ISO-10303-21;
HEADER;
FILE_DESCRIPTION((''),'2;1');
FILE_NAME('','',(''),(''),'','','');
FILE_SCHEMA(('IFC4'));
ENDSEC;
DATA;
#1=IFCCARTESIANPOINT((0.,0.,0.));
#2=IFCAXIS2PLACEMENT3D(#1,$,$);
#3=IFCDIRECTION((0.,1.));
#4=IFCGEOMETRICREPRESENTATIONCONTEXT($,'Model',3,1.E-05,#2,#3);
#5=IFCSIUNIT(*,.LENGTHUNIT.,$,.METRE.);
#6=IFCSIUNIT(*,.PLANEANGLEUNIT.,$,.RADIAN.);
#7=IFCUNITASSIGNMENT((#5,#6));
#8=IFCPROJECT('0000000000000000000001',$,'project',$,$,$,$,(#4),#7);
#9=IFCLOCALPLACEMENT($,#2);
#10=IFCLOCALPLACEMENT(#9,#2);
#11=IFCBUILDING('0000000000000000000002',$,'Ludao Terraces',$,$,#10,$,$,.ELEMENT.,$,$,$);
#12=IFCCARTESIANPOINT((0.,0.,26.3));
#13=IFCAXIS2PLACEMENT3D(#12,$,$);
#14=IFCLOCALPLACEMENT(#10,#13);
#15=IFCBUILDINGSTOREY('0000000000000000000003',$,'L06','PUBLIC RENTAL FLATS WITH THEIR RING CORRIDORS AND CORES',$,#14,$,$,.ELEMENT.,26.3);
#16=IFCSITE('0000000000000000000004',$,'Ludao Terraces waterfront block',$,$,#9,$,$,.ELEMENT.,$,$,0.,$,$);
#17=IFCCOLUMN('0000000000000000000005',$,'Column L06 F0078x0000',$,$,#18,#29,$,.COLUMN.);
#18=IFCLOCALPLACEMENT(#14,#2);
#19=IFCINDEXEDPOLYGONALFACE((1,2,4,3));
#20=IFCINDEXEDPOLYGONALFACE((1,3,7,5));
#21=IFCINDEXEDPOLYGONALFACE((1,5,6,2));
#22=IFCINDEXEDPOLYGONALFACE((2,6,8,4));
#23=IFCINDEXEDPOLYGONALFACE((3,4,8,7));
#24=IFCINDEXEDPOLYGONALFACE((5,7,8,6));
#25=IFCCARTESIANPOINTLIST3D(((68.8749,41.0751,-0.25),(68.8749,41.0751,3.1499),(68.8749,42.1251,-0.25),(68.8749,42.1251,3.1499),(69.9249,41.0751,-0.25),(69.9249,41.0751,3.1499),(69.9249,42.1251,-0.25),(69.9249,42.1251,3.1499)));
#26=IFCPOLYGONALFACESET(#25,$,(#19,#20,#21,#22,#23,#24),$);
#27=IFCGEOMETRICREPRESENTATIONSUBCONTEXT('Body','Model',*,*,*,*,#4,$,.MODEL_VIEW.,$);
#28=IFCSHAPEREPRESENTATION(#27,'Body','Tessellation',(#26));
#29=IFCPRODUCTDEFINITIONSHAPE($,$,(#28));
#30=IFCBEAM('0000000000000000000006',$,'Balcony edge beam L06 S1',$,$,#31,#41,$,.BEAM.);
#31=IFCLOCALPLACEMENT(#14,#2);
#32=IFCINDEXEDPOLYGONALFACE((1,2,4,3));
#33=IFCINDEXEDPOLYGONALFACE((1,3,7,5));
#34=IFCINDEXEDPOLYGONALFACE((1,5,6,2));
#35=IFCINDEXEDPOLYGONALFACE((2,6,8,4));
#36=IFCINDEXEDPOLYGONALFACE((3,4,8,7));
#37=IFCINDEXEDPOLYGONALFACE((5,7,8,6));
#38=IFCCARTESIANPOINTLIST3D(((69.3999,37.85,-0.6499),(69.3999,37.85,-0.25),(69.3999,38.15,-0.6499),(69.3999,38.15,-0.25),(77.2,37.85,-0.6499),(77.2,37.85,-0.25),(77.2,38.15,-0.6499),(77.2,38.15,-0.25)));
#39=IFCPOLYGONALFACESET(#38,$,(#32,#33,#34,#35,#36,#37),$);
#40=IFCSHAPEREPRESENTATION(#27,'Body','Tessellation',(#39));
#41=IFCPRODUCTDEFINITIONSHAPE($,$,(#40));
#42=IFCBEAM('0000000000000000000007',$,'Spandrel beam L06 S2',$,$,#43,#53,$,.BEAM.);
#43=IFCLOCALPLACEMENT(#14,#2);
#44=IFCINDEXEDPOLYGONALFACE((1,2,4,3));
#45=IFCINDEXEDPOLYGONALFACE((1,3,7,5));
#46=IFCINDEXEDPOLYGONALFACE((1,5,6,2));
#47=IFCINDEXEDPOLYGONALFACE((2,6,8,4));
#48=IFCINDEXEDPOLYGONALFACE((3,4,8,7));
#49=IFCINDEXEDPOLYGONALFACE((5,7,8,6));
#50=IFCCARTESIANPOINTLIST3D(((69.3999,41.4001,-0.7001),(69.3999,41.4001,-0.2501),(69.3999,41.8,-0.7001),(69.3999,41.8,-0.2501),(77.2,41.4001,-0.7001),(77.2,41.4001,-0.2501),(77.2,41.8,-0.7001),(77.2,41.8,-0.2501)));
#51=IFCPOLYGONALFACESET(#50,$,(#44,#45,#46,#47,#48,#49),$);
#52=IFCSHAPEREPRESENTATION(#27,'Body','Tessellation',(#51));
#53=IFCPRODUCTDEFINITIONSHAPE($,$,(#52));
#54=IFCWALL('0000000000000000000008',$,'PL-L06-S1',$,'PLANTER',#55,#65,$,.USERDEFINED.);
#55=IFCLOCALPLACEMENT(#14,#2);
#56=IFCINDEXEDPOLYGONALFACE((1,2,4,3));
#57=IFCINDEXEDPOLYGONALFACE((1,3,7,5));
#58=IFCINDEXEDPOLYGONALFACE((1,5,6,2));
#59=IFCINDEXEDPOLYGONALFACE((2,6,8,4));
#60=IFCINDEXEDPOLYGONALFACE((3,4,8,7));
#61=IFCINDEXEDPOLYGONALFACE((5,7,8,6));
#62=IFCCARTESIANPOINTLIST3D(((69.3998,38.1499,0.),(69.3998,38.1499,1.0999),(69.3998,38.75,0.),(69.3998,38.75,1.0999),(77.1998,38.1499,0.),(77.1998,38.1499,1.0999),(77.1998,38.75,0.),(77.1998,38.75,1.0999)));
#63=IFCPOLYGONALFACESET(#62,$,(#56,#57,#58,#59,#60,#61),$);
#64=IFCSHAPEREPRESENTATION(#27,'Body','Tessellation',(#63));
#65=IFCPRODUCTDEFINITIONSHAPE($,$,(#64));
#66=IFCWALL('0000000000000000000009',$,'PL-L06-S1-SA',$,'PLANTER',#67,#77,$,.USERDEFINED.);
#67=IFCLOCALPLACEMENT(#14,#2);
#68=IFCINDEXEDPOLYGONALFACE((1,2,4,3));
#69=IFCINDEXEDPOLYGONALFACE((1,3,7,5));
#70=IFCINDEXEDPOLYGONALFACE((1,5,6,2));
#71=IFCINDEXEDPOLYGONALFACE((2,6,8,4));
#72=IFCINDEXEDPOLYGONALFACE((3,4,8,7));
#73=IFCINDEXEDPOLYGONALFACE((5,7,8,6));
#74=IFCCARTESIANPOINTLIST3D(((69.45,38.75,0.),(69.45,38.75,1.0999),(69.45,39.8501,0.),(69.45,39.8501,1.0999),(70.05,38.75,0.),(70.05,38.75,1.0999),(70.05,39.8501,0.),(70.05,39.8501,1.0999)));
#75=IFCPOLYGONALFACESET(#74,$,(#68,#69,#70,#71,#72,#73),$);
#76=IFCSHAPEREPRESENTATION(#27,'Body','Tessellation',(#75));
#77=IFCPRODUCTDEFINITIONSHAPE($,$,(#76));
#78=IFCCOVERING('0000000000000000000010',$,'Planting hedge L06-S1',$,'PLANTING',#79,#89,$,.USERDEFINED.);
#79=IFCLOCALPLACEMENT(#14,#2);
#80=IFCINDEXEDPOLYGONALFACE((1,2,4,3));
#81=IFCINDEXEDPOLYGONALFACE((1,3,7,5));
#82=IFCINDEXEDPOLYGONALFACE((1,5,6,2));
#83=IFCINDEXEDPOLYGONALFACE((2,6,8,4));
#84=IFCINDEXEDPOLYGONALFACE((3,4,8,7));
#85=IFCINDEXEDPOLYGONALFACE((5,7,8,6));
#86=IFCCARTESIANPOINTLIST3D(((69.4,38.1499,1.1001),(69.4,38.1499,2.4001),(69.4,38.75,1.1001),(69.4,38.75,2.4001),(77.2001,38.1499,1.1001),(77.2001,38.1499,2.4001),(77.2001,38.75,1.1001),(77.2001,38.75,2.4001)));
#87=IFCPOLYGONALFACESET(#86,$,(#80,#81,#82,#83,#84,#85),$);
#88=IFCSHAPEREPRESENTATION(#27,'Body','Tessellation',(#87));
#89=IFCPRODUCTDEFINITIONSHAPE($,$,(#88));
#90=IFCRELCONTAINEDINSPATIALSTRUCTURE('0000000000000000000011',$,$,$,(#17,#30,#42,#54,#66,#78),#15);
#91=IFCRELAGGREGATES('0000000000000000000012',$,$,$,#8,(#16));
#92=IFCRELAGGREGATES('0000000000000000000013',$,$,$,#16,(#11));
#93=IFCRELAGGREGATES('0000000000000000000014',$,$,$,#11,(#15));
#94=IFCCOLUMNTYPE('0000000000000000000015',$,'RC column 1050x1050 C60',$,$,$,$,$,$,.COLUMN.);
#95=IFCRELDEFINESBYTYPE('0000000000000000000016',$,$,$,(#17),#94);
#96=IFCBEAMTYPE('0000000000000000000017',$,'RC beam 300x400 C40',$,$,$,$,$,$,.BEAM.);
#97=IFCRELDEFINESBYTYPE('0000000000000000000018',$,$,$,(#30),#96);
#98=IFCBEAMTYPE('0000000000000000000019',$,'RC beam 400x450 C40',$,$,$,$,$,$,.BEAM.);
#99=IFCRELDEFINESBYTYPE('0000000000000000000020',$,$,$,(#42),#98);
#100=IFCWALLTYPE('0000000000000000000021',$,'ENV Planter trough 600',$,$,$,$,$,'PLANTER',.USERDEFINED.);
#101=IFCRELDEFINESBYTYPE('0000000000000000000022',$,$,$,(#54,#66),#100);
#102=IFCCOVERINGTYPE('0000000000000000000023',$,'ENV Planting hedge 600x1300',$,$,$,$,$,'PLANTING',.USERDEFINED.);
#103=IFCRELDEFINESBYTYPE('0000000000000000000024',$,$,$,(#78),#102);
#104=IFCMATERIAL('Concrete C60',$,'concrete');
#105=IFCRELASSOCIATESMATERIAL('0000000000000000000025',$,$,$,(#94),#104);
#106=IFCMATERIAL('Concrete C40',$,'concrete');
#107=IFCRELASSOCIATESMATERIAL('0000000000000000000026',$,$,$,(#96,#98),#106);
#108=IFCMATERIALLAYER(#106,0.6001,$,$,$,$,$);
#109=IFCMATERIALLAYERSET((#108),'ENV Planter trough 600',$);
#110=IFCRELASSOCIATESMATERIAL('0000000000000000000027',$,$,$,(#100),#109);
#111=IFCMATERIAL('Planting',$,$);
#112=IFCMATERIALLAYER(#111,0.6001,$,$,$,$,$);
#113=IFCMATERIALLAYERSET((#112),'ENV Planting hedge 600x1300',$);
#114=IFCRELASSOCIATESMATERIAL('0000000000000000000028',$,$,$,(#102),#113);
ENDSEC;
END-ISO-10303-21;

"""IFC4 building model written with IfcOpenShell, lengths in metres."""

from ifc_helpers import new_model, si_unit, direction, frame, frame_2d, origin, origin_2d, place, context, subcontext, project, spatial, rectangle, extrude, material, layer, layer_set, material_profile, profile_set, type_object, element, save


model = new_model("IFC4")

# Units and contexts
model_context = context("Model", 3, precision=1e-05, world=origin(), true_north=direction((0.0, 1.0)))
body_context = subcontext(model_context, "Body", "Model", "MODEL_VIEW")
ifc_project = project(units=[si_unit("LENGTHUNIT", "METRE"), si_unit("PLANEANGLEUNIT", "RADIAN")], contexts=[model_context])

# Site, building, storey
site_placement = place(None, origin())
site = spatial("IfcSite", under=ifc_project, at=site_placement, Name="Ludao Terraces waterfront block", CompositionType="ELEMENT", RefElevation=0.0)
building_placement = place(site_placement, origin())
building = spatial("IfcBuilding", under=site, at=building_placement, Name="Ludao Terraces", CompositionType="ELEMENT")
storey_placement = place(building_placement, frame((0.0, 0.0, 26.3)))
storey = spatial("IfcBuildingStorey", under=building, at=storey_placement, Name="L06", Description="PUBLIC RENTAL FLATS WITH THEIR RING CORRIDORS AND CORES", CompositionType="ELEMENT", Elevation=26.3)

# Column
ifc_material_1 = material(Name="Concrete C60", Category="concrete")
ifc_material_profile_1 = material_profile(ifc_material_1, rectangle(XDim=1.05, YDim=1.05, at=origin_2d()), Name="1050 X 1050")
ifc_profile_set_1 = profile_set([ifc_material_profile_1], Name="Concrete C60")
column_type = type_object("IfcColumnType", Name="RC column 1050x1050 C60", PredefinedType="COLUMN", material=ifc_profile_set_1)
column_placement = place(storey_placement, frame((69.3999, 41.6001, -0.25), z_axis=(0.0, 0.0, 1.0), x_axis=(1.0, 0.0, 0.0)))
element("IfcColumn", 1, at=column_placement, inside=storey, type_object=column_type, Name="Column L06 F0078x0000", PredefinedType="COLUMN", context=body_context, shape_type="SweptSolid", body=[
    extrude(rectangle(XDim=1.05, YDim=1.05, at=origin_2d()), origin(), (0.0, 0.0, 1.0), 3.3999),
])

# Beams
ifc_material_2 = material(Name="Concrete C40", Category="concrete")
ifc_material_profile_2 = material_profile(ifc_material_2, rectangle(XDim=0.3, YDim=0.3999, at=origin_2d()), Name="300 X 400")
ifc_profile_set_2 = profile_set([ifc_material_profile_2], Name="Concrete C40")
beam_type_1 = type_object("IfcBeamType", Name="RC beam 300x400 C40", PredefinedType="BEAM", material=ifc_profile_set_2)
beam_1_placement = place(storey_placement, frame((69.3999, 38.0, -0.45), z_axis=(1.0, 0.0, 0.0), x_axis=(0.0, 1.0, 0.0)))
element("IfcBeam", 2, at=beam_1_placement, inside=storey, type_object=beam_type_1, Name="Balcony edge beam L06 S1", PredefinedType="BEAM", context=body_context, shape_type="SweptSolid", body=[
    extrude(rectangle(XDim=0.3, YDim=0.3999, at=origin_2d()), origin(), (0.0, 0.0, 1.0), 7.8),
])
ifc_material_profile_3 = material_profile(ifc_material_2, rectangle(XDim=0.3999, YDim=0.45, at=origin_2d()), Name="400 X 450")
ifc_profile_set_3 = profile_set([ifc_material_profile_3], Name="Concrete C40")
beam_type_2 = type_object("IfcBeamType", Name="RC beam 400x450 C40", PredefinedType="BEAM", material=ifc_profile_set_3)
beam_2_placement = place(storey_placement, frame((69.3999, 41.6001, -0.4751), z_axis=(1.0, 0.0, 0.0), x_axis=(0.0, 1.0, 0.0)))
element("IfcBeam", 3, at=beam_2_placement, inside=storey, type_object=beam_type_2, Name="Spandrel beam L06 S2", PredefinedType="BEAM", context=body_context, shape_type="SweptSolid", body=[
    extrude(rectangle(XDim=0.3999, YDim=0.45, at=origin_2d()), origin(), (0.0, 0.0, 1.0), 7.8),
])

# Walls
ifc_layer_1 = layer(ifc_material_2, 0.6001)
ifc_layer_set_1 = layer_set([ifc_layer_1], Name="ENV Planter trough 600")
wall_type = type_object("IfcWallType", Name="ENV Planter trough 600", ElementType="PLANTER", PredefinedType="USERDEFINED", material=ifc_layer_set_1)
wall_1_placement = place(storey_placement, frame((69.3999, 38.45, 0.0), z_axis=(0.0, 0.0, 1.0), x_axis=(1.0, 0.0, 0.0)))
element("IfcWall", 4, at=wall_1_placement, inside=storey, type_object=wall_type, Name="PL-L06-S1", ObjectType="PLANTER", PredefinedType="USERDEFINED", context=body_context, shape_type="SweptSolid", body=[
    extrude(rectangle(XDim=7.8, YDim=0.6001, at=frame_2d((3.8999, 0.0))), origin(), (0.0, 0.0, 1.0), 1.0999),
])
wall_2_placement = place(storey_placement, frame((69.75, 38.75, 0.0), z_axis=(0.0, 0.0, 1.0), x_axis=(0.0, 1.0, 0.0)))
element("IfcWall", 5, at=wall_2_placement, inside=storey, type_object=wall_type, Name="PL-L06-S1-SA", ObjectType="PLANTER", PredefinedType="USERDEFINED", context=body_context, shape_type="SweptSolid", body=[
    extrude(rectangle(XDim=1.1001, YDim=0.6001, at=frame_2d((0.55, 0.0))), origin(), (0.0, 0.0, 1.0), 1.0999),
])

# Covering
ifc_material_3 = material(Name="Planting")
ifc_layer_2 = layer(ifc_material_3, 0.6001)
ifc_layer_set_2 = layer_set([ifc_layer_2], Name="ENV Planting hedge 600x1300")
covering_type = type_object("IfcCoveringType", Name="ENV Planting hedge 600x1300", ElementType="PLANTING", PredefinedType="USERDEFINED", material=ifc_layer_set_2)
covering_placement = place(storey_placement, frame((73.3, 38.45, 1.1001), z_axis=(0.0, 0.0, 1.0), x_axis=(1.0, 0.0, 0.0)))
element("IfcCovering", 6, at=covering_placement, inside=storey, type_object=covering_type, Name="Planting hedge L06-S1", ObjectType="PLANTING", PredefinedType="USERDEFINED", context=body_context, shape_type="SweptSolid", body=[
    extrude(rectangle(XDim=7.8, YDim=0.6001, at=origin_2d()), origin(), (0.0, 0.0, 1.0), 1.3),
])

save(model, "model.ifc")
